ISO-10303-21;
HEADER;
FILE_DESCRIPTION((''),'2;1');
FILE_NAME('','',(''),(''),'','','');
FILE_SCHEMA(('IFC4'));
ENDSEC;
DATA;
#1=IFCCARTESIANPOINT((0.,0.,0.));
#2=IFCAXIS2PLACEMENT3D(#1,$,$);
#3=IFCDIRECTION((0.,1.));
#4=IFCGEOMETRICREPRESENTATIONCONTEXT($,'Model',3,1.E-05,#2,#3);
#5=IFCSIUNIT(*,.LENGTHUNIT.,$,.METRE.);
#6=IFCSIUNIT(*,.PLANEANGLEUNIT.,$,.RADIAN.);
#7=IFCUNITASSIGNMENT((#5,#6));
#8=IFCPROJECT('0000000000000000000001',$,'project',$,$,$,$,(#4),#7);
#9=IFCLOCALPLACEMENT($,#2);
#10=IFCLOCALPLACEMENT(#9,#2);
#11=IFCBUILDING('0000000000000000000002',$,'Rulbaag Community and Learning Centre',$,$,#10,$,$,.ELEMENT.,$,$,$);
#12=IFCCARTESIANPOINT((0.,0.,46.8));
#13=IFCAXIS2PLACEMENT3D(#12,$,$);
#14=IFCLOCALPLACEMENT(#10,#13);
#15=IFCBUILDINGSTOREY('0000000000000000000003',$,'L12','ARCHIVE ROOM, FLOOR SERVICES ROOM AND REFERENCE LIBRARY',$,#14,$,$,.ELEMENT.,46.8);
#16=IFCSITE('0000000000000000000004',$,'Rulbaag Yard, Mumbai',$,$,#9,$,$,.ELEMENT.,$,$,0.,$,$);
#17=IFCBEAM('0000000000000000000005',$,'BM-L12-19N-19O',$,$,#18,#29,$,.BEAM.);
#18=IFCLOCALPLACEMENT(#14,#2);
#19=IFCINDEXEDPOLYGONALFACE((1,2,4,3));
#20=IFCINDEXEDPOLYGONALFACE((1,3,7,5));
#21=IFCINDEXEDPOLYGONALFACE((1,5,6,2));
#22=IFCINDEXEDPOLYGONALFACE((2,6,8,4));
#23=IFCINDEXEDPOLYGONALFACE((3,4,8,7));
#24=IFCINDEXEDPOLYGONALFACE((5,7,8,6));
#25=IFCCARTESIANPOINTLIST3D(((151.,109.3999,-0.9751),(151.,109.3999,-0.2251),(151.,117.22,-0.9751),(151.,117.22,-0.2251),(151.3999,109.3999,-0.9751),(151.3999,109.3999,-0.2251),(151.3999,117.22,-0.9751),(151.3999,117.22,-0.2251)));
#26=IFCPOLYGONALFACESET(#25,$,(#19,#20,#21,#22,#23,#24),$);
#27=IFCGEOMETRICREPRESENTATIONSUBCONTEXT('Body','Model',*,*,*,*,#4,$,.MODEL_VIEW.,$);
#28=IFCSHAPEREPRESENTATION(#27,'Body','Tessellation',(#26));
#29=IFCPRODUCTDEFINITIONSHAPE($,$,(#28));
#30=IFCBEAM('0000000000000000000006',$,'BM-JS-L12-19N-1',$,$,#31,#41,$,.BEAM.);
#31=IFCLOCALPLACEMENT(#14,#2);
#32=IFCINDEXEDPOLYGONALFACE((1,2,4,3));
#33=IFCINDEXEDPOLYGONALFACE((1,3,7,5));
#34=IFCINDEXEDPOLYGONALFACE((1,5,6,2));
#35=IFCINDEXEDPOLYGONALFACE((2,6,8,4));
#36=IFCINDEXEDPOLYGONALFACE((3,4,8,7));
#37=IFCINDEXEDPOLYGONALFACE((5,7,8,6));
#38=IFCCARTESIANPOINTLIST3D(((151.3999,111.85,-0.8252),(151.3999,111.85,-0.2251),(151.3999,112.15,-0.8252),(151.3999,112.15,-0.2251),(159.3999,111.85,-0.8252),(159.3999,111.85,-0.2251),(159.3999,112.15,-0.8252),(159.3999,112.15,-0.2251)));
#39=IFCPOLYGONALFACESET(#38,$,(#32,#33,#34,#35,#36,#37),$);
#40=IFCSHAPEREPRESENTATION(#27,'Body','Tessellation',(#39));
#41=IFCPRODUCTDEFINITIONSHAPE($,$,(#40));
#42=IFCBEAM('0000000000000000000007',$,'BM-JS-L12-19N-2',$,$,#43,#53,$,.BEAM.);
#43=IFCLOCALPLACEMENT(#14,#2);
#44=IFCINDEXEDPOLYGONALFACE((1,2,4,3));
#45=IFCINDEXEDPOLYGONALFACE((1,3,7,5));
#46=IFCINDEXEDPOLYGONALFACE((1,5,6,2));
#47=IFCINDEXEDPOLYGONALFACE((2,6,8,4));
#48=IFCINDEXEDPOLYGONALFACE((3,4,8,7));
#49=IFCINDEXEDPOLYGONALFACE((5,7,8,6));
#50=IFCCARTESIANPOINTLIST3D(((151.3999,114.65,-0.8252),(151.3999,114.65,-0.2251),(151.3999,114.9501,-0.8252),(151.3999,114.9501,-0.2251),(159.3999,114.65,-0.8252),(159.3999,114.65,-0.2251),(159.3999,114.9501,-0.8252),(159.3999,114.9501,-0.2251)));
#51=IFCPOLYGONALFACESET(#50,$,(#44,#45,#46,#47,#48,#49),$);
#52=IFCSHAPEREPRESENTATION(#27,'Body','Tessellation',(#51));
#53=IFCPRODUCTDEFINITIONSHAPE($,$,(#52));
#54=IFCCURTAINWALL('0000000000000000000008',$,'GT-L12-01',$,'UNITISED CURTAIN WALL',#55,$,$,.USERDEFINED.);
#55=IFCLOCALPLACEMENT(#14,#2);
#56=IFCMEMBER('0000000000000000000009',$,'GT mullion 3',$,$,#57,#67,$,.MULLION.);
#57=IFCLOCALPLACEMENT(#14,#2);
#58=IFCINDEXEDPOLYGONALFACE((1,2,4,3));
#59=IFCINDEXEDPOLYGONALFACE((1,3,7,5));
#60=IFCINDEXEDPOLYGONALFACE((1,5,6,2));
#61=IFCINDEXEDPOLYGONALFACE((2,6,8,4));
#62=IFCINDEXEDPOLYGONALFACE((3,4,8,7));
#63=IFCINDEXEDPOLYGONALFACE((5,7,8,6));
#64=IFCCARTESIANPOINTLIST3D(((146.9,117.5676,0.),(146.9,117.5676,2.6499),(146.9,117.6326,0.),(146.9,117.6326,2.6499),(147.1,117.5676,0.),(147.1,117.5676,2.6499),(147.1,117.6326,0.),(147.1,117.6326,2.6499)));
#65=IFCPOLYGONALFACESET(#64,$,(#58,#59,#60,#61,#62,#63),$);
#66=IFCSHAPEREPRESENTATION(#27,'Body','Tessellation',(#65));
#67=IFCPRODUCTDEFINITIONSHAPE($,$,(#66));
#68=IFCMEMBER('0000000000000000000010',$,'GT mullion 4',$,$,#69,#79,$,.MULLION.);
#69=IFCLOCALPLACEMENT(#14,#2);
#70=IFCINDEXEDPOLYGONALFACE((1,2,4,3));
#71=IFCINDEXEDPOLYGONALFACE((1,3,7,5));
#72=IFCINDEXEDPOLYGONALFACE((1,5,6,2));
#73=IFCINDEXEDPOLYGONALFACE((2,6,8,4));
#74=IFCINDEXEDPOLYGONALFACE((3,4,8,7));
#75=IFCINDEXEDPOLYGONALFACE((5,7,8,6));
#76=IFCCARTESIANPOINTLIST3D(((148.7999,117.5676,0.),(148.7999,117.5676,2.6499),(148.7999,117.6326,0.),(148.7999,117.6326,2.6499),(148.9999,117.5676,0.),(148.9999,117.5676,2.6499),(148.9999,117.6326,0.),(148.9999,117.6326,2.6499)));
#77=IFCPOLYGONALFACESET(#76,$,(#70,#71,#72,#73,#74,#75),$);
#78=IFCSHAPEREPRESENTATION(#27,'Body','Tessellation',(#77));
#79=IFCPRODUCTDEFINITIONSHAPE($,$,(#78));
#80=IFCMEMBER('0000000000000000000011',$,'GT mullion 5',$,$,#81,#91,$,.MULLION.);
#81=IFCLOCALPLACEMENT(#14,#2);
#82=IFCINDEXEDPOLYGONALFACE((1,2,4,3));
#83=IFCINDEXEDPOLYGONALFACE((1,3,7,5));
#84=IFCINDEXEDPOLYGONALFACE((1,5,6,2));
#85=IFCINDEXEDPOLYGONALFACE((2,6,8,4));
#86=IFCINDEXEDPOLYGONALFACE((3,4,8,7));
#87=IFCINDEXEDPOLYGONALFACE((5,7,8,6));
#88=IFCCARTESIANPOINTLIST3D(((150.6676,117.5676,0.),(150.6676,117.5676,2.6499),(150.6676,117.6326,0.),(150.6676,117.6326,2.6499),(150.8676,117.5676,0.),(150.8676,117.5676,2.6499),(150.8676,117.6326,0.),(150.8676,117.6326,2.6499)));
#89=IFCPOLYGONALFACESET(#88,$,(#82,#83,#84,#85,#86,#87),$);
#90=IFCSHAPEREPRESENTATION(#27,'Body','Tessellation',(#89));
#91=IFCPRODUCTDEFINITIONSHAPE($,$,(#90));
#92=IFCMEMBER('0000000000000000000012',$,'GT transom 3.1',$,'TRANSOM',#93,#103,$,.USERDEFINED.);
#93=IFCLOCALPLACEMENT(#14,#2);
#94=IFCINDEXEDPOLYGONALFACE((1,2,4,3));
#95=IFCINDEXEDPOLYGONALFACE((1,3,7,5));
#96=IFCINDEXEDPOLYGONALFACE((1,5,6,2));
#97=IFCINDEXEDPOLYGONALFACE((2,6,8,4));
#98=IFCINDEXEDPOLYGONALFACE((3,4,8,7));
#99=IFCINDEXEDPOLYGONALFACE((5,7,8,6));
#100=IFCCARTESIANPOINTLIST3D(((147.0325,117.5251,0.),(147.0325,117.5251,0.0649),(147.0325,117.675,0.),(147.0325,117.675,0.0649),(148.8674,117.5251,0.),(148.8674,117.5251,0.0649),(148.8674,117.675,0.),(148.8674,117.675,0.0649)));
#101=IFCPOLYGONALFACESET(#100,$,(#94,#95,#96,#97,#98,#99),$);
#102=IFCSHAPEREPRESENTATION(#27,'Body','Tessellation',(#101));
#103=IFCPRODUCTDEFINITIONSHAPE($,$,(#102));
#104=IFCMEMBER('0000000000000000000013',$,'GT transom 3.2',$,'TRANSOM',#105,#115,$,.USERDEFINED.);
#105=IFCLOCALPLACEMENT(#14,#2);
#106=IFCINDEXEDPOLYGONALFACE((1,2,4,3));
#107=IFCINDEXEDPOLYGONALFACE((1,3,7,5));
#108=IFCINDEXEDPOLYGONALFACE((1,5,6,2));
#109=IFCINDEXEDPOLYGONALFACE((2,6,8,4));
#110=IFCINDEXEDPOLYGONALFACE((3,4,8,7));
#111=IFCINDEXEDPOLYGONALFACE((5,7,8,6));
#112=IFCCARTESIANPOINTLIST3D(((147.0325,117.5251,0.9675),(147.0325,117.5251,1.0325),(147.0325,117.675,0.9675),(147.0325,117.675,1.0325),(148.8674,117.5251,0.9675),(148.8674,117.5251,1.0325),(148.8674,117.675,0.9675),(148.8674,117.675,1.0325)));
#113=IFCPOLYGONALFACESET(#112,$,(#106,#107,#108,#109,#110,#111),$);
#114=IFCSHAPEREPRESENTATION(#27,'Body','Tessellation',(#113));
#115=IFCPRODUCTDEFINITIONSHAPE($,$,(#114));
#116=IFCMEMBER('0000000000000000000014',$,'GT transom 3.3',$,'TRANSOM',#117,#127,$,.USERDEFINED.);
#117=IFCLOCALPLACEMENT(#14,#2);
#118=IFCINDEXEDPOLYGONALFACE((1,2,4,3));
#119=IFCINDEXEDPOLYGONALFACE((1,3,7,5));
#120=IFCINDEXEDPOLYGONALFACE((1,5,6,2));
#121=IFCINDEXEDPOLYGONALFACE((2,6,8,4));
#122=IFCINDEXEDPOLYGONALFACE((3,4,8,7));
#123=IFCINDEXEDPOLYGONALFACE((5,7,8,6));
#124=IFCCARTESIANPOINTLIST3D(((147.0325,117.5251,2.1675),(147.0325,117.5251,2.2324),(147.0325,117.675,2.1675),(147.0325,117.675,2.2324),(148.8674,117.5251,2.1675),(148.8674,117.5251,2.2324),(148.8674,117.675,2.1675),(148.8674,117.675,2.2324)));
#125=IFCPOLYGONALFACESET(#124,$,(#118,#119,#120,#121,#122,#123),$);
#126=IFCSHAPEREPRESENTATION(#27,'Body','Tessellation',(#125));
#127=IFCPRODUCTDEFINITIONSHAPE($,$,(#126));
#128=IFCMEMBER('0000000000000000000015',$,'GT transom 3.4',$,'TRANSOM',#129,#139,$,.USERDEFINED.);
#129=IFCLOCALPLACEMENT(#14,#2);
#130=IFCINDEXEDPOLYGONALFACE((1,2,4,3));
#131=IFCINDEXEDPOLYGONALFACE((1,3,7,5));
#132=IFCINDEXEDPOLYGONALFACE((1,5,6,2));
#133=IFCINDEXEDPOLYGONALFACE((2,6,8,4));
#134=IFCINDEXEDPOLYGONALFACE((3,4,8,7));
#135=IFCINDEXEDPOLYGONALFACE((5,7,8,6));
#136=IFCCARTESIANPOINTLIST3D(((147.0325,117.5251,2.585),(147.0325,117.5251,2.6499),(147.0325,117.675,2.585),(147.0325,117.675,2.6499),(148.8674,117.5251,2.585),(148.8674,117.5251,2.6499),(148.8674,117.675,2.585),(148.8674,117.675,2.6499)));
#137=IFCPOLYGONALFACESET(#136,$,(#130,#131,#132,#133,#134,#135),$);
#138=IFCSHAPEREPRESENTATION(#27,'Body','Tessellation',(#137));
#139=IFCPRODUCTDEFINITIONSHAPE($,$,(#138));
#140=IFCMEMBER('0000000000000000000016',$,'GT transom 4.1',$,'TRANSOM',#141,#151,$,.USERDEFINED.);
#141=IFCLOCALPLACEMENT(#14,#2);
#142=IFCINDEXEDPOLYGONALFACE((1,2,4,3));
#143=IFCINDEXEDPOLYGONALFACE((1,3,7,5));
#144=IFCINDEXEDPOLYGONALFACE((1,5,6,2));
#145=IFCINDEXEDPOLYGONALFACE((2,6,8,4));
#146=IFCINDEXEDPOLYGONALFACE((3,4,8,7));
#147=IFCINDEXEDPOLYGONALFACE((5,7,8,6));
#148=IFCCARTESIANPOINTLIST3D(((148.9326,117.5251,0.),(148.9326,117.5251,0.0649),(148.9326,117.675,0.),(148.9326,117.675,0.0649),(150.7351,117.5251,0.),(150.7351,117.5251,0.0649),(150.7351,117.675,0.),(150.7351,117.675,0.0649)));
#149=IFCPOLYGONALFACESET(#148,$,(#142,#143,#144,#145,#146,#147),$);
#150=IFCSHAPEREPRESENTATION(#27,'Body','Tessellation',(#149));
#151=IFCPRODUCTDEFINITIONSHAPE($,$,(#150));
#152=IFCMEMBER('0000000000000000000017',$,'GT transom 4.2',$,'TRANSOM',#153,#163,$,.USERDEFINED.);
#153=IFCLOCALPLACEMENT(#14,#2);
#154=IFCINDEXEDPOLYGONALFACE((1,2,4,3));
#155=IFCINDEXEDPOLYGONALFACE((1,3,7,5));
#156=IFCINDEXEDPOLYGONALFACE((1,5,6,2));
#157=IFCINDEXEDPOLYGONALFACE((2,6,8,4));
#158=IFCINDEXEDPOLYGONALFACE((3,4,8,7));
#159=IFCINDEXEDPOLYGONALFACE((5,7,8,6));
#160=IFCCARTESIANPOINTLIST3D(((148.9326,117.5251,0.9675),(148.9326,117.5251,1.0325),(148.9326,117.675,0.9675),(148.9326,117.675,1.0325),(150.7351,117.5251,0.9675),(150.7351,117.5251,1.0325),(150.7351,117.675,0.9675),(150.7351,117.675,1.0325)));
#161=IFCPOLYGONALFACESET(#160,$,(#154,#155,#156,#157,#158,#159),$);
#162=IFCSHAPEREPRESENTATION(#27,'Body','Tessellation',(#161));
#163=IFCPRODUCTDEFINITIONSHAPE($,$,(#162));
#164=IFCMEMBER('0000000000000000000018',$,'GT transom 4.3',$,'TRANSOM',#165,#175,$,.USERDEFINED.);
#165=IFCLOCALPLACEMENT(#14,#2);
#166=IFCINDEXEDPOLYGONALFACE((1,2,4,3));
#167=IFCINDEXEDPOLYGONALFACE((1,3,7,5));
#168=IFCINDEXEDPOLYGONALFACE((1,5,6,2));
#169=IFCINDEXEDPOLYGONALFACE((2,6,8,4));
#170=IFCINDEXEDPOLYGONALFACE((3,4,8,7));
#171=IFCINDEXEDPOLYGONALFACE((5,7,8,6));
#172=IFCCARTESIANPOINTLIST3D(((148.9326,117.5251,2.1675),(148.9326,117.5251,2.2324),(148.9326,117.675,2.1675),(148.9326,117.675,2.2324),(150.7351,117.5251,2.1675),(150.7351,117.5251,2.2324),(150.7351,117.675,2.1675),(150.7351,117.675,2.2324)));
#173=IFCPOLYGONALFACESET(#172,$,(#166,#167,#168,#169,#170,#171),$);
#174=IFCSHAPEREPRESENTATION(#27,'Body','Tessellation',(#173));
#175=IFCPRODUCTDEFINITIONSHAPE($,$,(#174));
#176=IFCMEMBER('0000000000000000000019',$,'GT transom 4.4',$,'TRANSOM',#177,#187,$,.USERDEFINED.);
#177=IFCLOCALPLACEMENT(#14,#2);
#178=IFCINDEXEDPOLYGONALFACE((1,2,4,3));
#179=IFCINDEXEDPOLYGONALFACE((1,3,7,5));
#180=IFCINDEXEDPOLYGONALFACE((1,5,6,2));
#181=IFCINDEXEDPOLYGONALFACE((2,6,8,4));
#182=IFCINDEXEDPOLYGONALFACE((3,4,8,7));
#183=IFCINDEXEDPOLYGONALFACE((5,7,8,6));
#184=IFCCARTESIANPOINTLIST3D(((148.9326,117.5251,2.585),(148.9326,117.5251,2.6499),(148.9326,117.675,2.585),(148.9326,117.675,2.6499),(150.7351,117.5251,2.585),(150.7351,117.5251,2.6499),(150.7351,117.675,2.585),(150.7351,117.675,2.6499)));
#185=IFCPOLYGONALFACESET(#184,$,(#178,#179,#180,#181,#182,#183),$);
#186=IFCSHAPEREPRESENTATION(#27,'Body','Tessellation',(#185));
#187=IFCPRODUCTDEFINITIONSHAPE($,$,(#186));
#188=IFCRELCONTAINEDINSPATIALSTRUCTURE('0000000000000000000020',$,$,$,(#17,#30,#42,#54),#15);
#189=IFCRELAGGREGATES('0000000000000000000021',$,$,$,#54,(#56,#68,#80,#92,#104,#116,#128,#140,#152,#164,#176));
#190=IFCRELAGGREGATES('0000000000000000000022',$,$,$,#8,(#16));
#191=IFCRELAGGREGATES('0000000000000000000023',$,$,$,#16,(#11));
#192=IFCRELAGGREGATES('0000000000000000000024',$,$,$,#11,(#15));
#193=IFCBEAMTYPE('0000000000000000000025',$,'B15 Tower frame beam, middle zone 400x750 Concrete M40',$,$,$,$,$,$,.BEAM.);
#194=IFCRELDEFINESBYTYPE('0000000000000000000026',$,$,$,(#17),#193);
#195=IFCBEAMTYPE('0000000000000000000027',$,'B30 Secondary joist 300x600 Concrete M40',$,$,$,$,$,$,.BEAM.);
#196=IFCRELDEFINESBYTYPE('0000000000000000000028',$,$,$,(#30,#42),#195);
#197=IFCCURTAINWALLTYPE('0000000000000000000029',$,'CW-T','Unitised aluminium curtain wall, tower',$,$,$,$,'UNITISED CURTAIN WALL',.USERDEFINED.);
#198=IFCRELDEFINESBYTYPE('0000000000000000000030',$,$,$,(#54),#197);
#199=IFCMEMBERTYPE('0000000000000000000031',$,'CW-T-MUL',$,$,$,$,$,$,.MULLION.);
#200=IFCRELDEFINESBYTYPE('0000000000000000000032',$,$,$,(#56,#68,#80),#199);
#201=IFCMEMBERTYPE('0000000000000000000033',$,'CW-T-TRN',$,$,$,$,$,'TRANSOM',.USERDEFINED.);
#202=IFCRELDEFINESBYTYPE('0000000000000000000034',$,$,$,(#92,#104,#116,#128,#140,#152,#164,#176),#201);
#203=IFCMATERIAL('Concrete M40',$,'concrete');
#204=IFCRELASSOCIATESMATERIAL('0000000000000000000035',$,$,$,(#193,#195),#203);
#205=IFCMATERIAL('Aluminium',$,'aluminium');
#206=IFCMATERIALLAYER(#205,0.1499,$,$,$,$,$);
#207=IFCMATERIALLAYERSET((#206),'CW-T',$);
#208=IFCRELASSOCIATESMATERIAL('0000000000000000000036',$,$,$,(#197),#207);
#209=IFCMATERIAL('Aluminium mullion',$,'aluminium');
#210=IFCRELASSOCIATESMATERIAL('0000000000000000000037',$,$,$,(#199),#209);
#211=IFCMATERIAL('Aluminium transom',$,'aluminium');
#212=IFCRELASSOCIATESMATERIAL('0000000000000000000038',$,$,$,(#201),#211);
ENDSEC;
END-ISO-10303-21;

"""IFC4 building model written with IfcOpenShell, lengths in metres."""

from ifc_helpers import new_model, si_unit, direction, frame, origin, origin_2d, place, context, subcontext, project, spatial, rectangle, extrude, material, layer, layer_set, material_profile, profile_set, type_object, element, aggregate, save


model = new_model("IFC4")

# Units and contexts
model_context = context("Model", 3, precision=1e-05, world=origin(), true_north=direction((0.0, 1.0)))
body_context = subcontext(model_context, "Body", "Model", "MODEL_VIEW")
ifc_project = project(units=[si_unit("LENGTHUNIT", "METRE"), si_unit("PLANEANGLEUNIT", "RADIAN")], contexts=[model_context])

# Site, building, storey
site_placement = place(None, origin())
site = spatial("IfcSite", under=ifc_project, at=site_placement, Name="Rulbaag Yard, Mumbai", CompositionType="ELEMENT", RefElevation=0.0)
building_placement = place(site_placement, origin())
building = spatial("IfcBuilding", under=site, at=building_placement, Name="Rulbaag Community and Learning Centre", CompositionType="ELEMENT")
storey_placement = place(building_placement, frame((0.0, 0.0, 46.8)))
storey = spatial("IfcBuildingStorey", under=building, at=storey_placement, Name="L12", Description="ARCHIVE ROOM, FLOOR SERVICES ROOM AND REFERENCE LIBRARY", CompositionType="ELEMENT", Elevation=46.8)

# Beams
ifc_material_1 = material(Name="Concrete M40", Category="concrete")
ifc_material_profile_1 = material_profile(ifc_material_1, rectangle(XDim=0.3999, YDim=0.75, at=origin_2d()), Name="RB400x750")
ifc_profile_set_1 = profile_set([ifc_material_profile_1], Name="Concrete M40")
beam_type_1 = type_object("IfcBeamType", Name="B15 Tower frame beam, middle zone 400x750 Concrete M40", PredefinedType="BEAM", material=ifc_profile_set_1)
beam_placement = place(storey_placement, frame((151.2, 109.3999, -0.6001), z_axis=(0.0, 1.0, 0.0), x_axis=(-1.0, 0.0, 0.0)))
element("IfcBeam", 1, at=beam_placement, inside=storey, type_object=beam_type_1, Name="BM-L12-19N-19O", PredefinedType="BEAM", context=body_context, shape_type="SweptSolid", body=[
    extrude(rectangle(XDim=0.3999, YDim=0.75, at=origin_2d()), origin(), (0.0, 0.0, 1.0), 7.8201),
])
ifc_material_profile_2 = material_profile(ifc_material_1, rectangle(XDim=0.3, YDim=0.6001, at=origin_2d()), Name="RB300x600")
ifc_profile_set_2 = profile_set([ifc_material_profile_2], Name="Concrete M40")
beam_type_2 = type_object("IfcBeamType", Name="B30 Secondary joist 300x600 Concrete M40", PredefinedType="BEAM", material=ifc_profile_set_2)
for number, where, z_axis, x_axis, name in (
    (2, (151.3999, 112.0, -0.5251), (1.0, 0.0, 0.0), (0.0, 1.0, 0.0), "BM-JS-L12-19N-1"),
    (3, (151.3999, 114.8, -0.5251), (1.0, 0.0, 0.0), (0.0, 1.0, 0.0), "BM-JS-L12-19N-2"),
):
    element("IfcBeam", number, at=place(storey_placement, frame(where, z_axis=z_axis, x_axis=x_axis)), inside=storey, type_object=beam_type_2, Name=name, PredefinedType="BEAM", context=body_context, shape_type="SweptSolid", body=[
        extrude(rectangle(XDim=0.3, YDim=0.6001, at=origin_2d()), origin(), (0.0, 0.0, 1.0), 8.0),
    ])

# Curtain wall, members
ifc_material_2 = material(Name="Aluminium", Category="aluminium")
ifc_layer_1 = layer(ifc_material_2, 0.1499)
ifc_layer_set_1 = layer_set([ifc_layer_1], Name="CW-T")
curtain_wall_type = type_object("IfcCurtainWallType", Name="CW-T", Description="Unitised aluminium curtain wall, tower", ElementType="UNITISED CURTAIN WALL", PredefinedType="USERDEFINED", material=ifc_layer_set_1)
curtain_wall_placement = place(storey_placement, origin())
curtain_wall = element("IfcCurtainWall", 4, at=curtain_wall_placement, inside=storey, type_object=curtain_wall_type, Name="GT-L12-01", ObjectType="UNITISED CURTAIN WALL", PredefinedType="USERDEFINED")
ifc_material_3 = material(Name="Aluminium mullion", Category="aluminium")
ifc_material_profile_3 = material_profile(ifc_material_3, rectangle(XDim=0.0649, YDim=0.2, at=origin_2d()), Name="AL 65x200")
ifc_profile_set_3 = profile_set([ifc_material_profile_3], Name="Aluminium mullion")
member_type_1 = type_object("IfcMemberType", Name="CW-T-MUL", PredefinedType="MULLION", material=ifc_profile_set_3)
member_1_placement = place(storey_placement, frame((147.0, 117.6001, 0.0), z_axis=(0.0, 0.0, 1.0), x_axis=(0.0, 1.0, 0.0)))
member_1 = element("IfcMember", 5, at=member_1_placement, type_object=member_type_1, Name="GT mullion 3", PredefinedType="MULLION", context=body_context, shape_type="SweptSolid", body=[
    extrude(rectangle(XDim=0.0649, YDim=0.2, at=origin_2d()), origin(), (0.0, 0.0, 1.0), 2.6499),
])
member_2_placement = place(storey_placement, frame((148.8999, 117.6001, 0.0), z_axis=(0.0, 0.0, 1.0), x_axis=(0.0, 1.0, 0.0)))
member_2 = element("IfcMember", 6, at=member_2_placement, type_object=member_type_1, Name="GT mullion 4", PredefinedType="MULLION", context=body_context, shape_type="SweptSolid", body=[
    extrude(rectangle(XDim=0.0649, YDim=0.2, at=origin_2d()), origin(), (0.0, 0.0, 1.0), 2.6499),
])
member_3_placement = place(storey_placement, frame((150.7676, 117.6001, 0.0), z_axis=(0.0, 0.0, 1.0), x_axis=(0.0, 1.0, 0.0)))
member_3 = element("IfcMember", 7, at=member_3_placement, type_object=member_type_1, Name="GT mullion 5", PredefinedType="MULLION", context=body_context, shape_type="SweptSolid", body=[
    extrude(rectangle(XDim=0.0649, YDim=0.2, at=origin_2d()), origin(), (0.0, 0.0, 1.0), 2.6499),
])
ifc_material_4 = material(Name="Aluminium transom", Category="aluminium")
ifc_material_profile_4 = material_profile(ifc_material_4, rectangle(XDim=0.1499, YDim=0.0649, at=origin_2d()), Name="AL 65x150 T")
ifc_profile_set_4 = profile_set([ifc_material_profile_4], Name="Aluminium transom")
member_type_2 = type_object("IfcMemberType", Name="CW-T-TRN", ElementType="TRANSOM", PredefinedType="USERDEFINED", material=ifc_profile_set_4)
member_4_placement = place(storey_placement, frame((147.0325, 117.6001, 0.0325), z_axis=(1.0, 0.0, 0.0), x_axis=(0.0, 1.0, 0.0)))
member_4 = element("IfcMember", 8, at=member_4_placement, type_object=member_type_2, Name="GT transom 3.1", ObjectType="TRANSOM", PredefinedType="USERDEFINED", context=body_context, shape_type="SweptSolid", body=[
    extrude(rectangle(XDim=0.1499, YDim=0.0649, at=origin_2d()), origin(), (0.0, 0.0, 1.0), 1.835),
])
member_5_placement = place(storey_placement, frame((147.0325, 117.6001, 1.0), z_axis=(1.0, 0.0, 0.0), x_axis=(0.0, 1.0, 0.0)))
member_5 = element("IfcMember", 9, at=member_5_placement, type_object=member_type_2, Name="GT transom 3.2", ObjectType="TRANSOM", PredefinedType="USERDEFINED", context=body_context, shape_type="SweptSolid", body=[
    extrude(rectangle(XDim=0.1499, YDim=0.0649, at=origin_2d()), origin(), (0.0, 0.0, 1.0), 1.835),
])
member_6_placement = place(storey_placement, frame((147.0325, 117.6001, 2.2), z_axis=(1.0, 0.0, 0.0), x_axis=(0.0, 1.0, 0.0)))
member_6 = element("IfcMember", 10, at=member_6_placement, type_object=member_type_2, Name="GT transom 3.3", ObjectType="TRANSOM", PredefinedType="USERDEFINED", context=body_context, shape_type="SweptSolid", body=[
    extrude(rectangle(XDim=0.1499, YDim=0.0649, at=origin_2d()), origin(), (0.0, 0.0, 1.0), 1.835),
])
member_7_placement = place(storey_placement, frame((147.0325, 117.6001, 2.6174), z_axis=(1.0, 0.0, 0.0), x_axis=(0.0, 1.0, 0.0)))
member_7 = element("IfcMember", 11, at=member_7_placement, type_object=member_type_2, Name="GT transom 3.4", ObjectType="TRANSOM", PredefinedType="USERDEFINED", context=body_context, shape_type="SweptSolid", body=[
    extrude(rectangle(XDim=0.1499, YDim=0.0649, at=origin_2d()), origin(), (0.0, 0.0, 1.0), 1.835),
])
member_8_placement = place(storey_placement, frame((148.9326, 117.6001, 0.0325), z_axis=(1.0, 0.0, 0.0), x_axis=(0.0, 1.0, 0.0)))
member_8 = element("IfcMember", 12, at=member_8_placement, type_object=member_type_2, Name="GT transom 4.1", ObjectType="TRANSOM", PredefinedType="USERDEFINED", context=body_context, shape_type="SweptSolid", body=[
    extrude(rectangle(XDim=0.1499, YDim=0.0649, at=origin_2d()), origin(), (0.0, 0.0, 1.0), 1.8025),
])
member_9_placement = place(storey_placement, frame((148.9326, 117.6001, 1.0), z_axis=(1.0, 0.0, 0.0), x_axis=(0.0, 1.0, 0.0)))
member_9 = element("IfcMember", 13, at=member_9_placement, type_object=member_type_2, Name="GT transom 4.2", ObjectType="TRANSOM", PredefinedType="USERDEFINED", context=body_context, shape_type="SweptSolid", body=[
    extrude(rectangle(XDim=0.1499, YDim=0.0649, at=origin_2d()), origin(), (0.0, 0.0, 1.0), 1.8025),
])
member_10_placement = place(storey_placement, frame((148.9326, 117.6001, 2.2), z_axis=(1.0, 0.0, 0.0), x_axis=(0.0, 1.0, 0.0)))
member_10 = element("IfcMember", 14, at=member_10_placement, type_object=member_type_2, Name="GT transom 4.3", ObjectType="TRANSOM", PredefinedType="USERDEFINED", context=body_context, shape_type="SweptSolid", body=[
    extrude(rectangle(XDim=0.1499, YDim=0.0649, at=origin_2d()), origin(), (0.0, 0.0, 1.0), 1.8025),
])
member_11_placement = place(storey_placement, frame((148.9326, 117.6001, 2.6174), z_axis=(1.0, 0.0, 0.0), x_axis=(0.0, 1.0, 0.0)))
member_11 = element("IfcMember", 15, at=member_11_placement, type_object=member_type_2, Name="GT transom 4.4", ObjectType="TRANSOM", PredefinedType="USERDEFINED", context=body_context, shape_type="SweptSolid", body=[
    extrude(rectangle(XDim=0.1499, YDim=0.0649, at=origin_2d()), origin(), (0.0, 0.0, 1.0), 1.8025),
])
aggregate(curtain_wall, [member_1, member_2, member_3, member_4, member_5, member_6, member_7, member_8, member_9, member_10, member_11])

save(model, "model.ifc")
